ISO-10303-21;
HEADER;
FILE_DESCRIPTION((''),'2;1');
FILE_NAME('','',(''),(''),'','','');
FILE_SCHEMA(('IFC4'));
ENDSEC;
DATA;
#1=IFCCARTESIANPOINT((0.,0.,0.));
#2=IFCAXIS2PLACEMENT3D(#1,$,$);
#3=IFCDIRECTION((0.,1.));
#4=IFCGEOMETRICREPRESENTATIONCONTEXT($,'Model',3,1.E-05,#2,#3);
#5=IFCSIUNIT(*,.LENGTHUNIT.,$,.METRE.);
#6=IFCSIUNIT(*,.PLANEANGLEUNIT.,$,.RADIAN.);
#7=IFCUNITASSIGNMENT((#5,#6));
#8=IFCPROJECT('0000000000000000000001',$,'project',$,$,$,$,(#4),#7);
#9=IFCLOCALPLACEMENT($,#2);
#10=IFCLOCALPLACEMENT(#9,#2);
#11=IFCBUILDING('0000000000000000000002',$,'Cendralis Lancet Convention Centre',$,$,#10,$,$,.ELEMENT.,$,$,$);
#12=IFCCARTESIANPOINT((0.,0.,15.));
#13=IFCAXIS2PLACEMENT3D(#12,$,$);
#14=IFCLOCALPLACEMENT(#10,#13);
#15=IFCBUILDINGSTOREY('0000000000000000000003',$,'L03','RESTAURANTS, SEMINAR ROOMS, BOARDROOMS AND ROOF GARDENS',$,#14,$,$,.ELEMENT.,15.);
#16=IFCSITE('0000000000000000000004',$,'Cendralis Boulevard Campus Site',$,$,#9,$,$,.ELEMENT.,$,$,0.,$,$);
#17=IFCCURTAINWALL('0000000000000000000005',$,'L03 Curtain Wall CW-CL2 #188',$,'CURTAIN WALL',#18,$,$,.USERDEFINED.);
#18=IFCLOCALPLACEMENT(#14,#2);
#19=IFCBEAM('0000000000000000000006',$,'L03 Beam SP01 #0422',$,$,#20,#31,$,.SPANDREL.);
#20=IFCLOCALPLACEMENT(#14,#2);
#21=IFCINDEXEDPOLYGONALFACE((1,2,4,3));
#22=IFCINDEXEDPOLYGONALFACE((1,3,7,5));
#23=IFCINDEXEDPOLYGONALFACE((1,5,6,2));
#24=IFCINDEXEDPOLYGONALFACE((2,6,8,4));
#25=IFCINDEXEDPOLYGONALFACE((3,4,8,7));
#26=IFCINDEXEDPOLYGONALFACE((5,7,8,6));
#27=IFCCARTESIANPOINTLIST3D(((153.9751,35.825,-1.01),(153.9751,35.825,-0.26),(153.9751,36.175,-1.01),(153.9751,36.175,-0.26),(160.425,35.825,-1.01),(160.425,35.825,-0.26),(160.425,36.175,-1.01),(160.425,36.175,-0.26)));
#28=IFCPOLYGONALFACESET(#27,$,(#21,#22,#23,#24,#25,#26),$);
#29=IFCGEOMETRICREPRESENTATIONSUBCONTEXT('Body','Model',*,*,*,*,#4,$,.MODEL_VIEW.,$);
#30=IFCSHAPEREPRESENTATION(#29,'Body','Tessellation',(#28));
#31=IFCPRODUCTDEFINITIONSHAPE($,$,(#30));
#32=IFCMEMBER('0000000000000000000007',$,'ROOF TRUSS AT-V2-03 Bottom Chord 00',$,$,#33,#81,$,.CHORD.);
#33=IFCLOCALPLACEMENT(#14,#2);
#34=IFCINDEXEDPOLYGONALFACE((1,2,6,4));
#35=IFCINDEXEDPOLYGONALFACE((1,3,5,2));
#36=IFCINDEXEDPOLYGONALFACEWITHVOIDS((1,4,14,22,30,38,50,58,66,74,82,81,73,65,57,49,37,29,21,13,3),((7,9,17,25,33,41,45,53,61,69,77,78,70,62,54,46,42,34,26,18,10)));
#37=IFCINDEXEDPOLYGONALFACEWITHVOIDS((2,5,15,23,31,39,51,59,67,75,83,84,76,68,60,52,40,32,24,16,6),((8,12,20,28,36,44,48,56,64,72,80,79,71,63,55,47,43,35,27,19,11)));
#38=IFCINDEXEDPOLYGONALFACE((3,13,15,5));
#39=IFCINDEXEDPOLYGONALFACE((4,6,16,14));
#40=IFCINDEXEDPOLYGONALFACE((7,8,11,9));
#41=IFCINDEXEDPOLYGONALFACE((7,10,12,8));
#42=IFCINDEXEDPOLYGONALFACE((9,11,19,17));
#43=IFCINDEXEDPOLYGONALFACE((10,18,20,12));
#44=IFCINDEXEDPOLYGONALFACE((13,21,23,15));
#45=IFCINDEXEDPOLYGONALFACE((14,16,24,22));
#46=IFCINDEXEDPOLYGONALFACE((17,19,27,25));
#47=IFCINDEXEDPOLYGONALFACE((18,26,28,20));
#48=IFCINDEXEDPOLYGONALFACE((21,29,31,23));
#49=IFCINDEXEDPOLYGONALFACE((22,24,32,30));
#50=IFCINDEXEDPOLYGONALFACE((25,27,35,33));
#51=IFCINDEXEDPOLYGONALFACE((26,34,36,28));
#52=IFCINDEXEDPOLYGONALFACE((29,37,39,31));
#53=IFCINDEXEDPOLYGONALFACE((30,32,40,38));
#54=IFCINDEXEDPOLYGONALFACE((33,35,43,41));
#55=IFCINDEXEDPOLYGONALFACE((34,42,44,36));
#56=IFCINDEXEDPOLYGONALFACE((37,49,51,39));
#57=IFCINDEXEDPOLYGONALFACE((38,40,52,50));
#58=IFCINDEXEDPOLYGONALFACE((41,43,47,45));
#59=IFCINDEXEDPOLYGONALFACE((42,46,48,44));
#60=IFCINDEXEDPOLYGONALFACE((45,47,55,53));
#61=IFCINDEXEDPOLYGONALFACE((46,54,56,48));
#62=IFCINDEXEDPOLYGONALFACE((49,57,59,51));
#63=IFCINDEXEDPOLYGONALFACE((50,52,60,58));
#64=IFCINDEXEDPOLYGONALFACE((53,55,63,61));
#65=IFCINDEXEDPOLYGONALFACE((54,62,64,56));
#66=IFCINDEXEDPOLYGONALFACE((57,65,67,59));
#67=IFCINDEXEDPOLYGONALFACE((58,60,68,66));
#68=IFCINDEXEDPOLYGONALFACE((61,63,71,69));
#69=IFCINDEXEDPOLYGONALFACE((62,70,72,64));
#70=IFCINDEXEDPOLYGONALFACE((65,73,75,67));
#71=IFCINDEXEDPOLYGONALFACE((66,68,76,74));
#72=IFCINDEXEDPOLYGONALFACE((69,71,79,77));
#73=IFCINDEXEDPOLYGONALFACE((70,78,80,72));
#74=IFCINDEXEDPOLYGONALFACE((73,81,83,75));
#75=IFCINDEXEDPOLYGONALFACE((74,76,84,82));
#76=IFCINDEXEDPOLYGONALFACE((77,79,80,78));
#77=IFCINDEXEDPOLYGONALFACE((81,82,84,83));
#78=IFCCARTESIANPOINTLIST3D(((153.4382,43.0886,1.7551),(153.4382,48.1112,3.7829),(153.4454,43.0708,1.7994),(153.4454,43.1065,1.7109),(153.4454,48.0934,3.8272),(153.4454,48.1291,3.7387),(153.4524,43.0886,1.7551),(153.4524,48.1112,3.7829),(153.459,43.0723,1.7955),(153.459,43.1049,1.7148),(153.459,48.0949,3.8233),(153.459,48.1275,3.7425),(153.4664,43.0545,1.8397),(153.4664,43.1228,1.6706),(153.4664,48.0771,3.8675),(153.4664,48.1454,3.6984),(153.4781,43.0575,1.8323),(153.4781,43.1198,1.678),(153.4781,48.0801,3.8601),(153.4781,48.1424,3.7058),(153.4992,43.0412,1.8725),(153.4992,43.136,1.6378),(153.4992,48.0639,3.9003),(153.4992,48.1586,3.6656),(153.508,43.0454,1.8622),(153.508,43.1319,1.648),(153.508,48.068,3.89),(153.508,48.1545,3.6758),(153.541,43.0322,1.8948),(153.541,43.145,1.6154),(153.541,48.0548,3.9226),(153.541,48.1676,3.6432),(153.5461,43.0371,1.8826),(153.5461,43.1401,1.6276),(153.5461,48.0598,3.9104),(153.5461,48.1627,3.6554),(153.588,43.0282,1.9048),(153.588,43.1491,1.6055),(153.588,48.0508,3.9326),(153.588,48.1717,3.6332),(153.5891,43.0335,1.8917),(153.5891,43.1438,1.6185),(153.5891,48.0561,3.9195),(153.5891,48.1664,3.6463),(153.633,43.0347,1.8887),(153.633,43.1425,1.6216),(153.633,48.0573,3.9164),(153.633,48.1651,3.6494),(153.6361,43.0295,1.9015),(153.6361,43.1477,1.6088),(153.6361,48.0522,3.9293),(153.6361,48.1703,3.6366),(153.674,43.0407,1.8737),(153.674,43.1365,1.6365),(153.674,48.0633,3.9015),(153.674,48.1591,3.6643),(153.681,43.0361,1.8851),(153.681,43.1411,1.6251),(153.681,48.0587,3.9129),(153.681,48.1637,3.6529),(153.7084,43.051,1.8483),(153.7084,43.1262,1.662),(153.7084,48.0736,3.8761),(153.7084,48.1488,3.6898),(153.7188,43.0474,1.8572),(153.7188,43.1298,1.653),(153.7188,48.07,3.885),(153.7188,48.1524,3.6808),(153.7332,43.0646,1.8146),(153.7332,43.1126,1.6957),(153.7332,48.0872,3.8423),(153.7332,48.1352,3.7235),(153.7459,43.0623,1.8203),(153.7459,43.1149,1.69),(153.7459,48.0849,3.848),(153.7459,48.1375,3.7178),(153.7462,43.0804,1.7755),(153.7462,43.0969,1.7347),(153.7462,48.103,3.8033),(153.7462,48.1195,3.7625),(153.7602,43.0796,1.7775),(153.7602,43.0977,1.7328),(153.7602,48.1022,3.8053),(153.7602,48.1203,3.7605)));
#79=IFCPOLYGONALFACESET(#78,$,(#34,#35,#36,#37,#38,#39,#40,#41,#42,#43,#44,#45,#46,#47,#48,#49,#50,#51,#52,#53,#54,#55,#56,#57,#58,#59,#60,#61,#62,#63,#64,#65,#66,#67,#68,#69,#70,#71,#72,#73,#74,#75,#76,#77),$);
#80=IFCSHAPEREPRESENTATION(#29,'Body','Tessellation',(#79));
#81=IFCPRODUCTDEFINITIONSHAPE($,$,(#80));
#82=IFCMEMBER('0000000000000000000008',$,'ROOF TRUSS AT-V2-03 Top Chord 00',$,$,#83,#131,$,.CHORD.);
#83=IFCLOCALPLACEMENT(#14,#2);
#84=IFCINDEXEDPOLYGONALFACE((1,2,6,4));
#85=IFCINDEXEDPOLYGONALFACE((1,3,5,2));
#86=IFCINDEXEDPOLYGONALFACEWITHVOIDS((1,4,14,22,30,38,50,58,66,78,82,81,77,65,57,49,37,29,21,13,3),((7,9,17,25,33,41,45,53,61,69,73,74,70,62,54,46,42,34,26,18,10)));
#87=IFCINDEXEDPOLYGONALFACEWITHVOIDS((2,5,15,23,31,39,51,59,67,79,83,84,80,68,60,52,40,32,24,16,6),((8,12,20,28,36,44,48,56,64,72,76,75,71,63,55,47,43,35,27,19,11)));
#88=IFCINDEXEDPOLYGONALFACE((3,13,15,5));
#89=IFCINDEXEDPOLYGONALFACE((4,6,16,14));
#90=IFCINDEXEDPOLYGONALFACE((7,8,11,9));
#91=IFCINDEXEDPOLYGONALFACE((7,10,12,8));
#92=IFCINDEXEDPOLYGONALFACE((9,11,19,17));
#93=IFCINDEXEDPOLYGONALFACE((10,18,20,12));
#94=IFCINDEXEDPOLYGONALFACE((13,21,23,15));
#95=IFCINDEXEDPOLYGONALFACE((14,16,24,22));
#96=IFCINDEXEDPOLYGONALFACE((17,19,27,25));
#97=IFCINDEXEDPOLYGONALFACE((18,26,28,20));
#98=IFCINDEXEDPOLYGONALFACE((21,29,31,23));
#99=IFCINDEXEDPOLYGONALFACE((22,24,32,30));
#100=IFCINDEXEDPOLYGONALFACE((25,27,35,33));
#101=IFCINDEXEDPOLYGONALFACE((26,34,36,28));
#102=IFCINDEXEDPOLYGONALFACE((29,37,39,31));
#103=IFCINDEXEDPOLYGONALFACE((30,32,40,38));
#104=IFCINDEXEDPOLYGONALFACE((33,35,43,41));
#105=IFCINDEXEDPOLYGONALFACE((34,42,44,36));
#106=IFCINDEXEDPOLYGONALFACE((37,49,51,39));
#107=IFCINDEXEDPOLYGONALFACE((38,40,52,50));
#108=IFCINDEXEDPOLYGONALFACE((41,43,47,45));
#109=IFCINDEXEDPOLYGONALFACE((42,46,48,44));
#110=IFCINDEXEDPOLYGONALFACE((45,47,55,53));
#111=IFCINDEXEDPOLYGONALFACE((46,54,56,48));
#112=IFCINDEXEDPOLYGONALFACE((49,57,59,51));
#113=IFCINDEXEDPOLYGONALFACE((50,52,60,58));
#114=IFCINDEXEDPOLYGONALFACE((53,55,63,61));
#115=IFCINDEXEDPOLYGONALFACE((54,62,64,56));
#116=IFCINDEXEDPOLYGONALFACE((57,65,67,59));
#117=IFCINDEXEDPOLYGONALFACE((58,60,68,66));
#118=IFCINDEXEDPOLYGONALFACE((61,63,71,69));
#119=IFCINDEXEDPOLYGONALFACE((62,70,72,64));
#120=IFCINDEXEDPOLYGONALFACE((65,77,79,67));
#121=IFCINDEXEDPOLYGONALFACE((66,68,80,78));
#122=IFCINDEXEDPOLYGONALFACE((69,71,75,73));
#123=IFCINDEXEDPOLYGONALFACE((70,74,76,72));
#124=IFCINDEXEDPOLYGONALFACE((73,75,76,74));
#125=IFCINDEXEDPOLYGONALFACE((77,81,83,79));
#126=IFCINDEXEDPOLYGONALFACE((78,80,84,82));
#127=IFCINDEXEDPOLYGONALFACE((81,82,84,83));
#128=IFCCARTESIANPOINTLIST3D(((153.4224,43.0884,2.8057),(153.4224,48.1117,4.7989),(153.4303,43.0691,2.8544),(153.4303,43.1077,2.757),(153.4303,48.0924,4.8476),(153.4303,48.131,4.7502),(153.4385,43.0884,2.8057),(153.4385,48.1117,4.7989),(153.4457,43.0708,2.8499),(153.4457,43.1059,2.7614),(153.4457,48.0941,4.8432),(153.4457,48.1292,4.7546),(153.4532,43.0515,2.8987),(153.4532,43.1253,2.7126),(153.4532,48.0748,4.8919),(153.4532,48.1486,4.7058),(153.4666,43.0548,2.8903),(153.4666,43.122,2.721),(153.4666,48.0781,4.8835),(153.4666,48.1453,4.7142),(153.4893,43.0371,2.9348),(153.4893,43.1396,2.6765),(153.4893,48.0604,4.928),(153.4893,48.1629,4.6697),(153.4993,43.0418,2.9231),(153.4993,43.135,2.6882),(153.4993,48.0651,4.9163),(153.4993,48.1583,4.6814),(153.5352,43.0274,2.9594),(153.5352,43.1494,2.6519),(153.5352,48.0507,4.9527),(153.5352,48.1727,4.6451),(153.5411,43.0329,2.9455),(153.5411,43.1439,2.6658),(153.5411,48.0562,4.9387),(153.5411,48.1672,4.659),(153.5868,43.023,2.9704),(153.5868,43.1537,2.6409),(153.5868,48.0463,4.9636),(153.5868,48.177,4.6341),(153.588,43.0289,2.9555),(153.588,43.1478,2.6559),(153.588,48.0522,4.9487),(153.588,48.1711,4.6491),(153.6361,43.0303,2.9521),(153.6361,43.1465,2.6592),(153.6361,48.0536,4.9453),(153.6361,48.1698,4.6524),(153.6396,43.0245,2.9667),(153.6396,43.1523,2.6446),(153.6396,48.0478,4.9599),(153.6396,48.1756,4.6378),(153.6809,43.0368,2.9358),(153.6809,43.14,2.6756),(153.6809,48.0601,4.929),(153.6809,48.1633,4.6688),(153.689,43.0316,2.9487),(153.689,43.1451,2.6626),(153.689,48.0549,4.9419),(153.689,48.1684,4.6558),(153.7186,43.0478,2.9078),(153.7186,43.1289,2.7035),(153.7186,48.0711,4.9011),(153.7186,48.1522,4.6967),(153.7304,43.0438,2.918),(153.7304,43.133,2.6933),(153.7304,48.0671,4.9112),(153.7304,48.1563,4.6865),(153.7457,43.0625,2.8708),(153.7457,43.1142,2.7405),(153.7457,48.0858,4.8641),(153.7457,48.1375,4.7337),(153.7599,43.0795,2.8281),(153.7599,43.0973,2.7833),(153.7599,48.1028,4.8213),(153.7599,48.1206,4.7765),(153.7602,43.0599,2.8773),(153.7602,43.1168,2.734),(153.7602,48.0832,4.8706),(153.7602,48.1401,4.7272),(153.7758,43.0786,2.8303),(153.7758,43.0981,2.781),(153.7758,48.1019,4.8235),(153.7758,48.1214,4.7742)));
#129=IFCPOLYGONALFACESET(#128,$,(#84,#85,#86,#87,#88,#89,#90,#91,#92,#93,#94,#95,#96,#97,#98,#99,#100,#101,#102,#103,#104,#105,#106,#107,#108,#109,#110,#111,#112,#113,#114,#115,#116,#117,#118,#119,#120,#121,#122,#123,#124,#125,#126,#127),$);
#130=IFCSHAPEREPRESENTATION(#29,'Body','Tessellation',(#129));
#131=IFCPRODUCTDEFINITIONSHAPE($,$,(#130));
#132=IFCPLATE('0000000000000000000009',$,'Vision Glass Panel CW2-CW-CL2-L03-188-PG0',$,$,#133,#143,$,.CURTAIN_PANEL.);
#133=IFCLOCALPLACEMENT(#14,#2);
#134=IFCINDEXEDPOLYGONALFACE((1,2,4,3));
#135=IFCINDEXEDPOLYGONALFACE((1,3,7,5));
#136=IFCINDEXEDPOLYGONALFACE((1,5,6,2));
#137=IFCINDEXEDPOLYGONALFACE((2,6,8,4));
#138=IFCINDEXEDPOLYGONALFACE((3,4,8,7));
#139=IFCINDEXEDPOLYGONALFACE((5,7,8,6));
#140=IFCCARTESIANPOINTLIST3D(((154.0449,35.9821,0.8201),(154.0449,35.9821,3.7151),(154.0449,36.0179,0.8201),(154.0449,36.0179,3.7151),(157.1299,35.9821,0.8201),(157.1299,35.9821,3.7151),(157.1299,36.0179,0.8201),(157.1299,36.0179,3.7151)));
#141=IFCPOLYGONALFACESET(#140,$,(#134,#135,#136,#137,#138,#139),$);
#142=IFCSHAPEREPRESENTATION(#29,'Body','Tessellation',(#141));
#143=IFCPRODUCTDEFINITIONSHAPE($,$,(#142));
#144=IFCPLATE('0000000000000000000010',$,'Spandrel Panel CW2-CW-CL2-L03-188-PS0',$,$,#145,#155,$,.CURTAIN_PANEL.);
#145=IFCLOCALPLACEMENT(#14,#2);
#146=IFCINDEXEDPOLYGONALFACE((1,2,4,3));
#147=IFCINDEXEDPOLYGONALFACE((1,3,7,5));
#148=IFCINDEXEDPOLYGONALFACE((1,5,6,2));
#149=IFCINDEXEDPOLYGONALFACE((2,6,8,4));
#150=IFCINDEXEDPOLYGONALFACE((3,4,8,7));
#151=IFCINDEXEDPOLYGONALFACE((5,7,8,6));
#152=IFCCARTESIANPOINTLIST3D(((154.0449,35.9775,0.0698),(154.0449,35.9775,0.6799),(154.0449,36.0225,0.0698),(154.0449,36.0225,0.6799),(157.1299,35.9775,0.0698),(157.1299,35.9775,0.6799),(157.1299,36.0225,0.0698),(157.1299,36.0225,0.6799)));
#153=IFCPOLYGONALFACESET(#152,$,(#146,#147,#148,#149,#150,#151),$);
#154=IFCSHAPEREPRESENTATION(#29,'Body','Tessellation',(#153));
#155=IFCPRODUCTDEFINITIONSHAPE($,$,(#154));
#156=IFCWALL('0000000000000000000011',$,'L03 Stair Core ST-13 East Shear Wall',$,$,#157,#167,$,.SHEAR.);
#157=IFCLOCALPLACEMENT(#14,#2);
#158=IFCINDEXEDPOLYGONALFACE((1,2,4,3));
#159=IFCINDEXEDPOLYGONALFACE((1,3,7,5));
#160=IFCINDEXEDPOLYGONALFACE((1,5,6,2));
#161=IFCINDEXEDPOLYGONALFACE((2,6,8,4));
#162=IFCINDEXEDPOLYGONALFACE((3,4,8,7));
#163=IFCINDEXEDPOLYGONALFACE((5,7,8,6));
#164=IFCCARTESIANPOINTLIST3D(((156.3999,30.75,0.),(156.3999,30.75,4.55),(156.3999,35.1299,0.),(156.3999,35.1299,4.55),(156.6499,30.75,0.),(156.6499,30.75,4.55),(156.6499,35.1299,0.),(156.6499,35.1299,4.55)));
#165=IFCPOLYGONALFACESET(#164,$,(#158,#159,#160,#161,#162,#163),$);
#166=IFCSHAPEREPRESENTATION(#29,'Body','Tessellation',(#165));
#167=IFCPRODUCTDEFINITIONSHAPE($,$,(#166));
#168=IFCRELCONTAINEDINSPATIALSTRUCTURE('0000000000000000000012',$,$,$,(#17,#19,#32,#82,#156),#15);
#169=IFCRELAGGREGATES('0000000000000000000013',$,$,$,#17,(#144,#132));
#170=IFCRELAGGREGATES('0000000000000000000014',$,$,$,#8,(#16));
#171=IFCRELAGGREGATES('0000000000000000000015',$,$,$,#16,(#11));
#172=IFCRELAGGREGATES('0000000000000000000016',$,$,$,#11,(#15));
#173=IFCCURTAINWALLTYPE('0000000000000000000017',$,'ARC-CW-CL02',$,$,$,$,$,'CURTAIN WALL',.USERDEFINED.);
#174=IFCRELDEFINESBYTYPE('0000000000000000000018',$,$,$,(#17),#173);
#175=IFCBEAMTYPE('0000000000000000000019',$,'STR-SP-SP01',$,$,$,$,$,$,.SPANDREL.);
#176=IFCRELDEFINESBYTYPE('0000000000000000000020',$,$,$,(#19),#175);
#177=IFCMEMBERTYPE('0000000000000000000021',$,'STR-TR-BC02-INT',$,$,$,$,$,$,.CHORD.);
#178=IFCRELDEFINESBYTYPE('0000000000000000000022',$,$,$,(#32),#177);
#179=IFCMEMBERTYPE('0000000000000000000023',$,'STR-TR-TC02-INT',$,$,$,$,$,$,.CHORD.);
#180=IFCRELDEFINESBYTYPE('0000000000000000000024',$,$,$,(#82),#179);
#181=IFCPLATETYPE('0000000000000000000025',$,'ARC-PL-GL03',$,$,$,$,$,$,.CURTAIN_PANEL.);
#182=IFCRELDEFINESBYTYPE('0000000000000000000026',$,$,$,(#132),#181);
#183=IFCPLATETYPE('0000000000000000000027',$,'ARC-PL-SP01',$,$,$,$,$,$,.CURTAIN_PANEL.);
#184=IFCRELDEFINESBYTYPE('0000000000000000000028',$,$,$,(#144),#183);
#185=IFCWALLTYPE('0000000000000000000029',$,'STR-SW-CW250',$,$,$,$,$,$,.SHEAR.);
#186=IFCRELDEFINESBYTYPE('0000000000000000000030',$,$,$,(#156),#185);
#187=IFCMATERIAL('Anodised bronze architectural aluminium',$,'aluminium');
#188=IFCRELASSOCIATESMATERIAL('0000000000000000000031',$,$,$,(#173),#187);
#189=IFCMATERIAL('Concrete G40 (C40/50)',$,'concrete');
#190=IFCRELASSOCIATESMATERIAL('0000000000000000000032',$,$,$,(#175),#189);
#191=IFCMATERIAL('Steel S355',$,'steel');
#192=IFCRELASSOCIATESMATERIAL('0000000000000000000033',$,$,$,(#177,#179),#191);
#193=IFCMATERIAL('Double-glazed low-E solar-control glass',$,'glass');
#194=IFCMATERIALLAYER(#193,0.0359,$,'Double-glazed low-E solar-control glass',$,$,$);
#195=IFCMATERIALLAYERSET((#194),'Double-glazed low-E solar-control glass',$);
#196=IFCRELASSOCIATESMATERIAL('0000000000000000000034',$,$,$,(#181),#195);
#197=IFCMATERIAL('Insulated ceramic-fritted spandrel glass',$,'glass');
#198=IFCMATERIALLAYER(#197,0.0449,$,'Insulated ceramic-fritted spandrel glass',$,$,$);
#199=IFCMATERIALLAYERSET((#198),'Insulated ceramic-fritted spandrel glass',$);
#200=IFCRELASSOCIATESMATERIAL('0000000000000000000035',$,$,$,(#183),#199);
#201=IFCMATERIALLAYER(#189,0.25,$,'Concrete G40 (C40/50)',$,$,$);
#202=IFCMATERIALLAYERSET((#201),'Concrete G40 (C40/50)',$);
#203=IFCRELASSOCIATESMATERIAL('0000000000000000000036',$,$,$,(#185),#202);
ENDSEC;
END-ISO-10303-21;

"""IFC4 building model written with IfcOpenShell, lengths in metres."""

from ifc_helpers import new_model, si_unit, direction, frame, frame_2d, origin, origin_2d, place, context, subcontext, project, spatial, rectangle, hollow_circle, extrude, material, layer, layer_set, material_profile, profile_set, type_object, element, aggregate, save


model = new_model("IFC4")

# Units and contexts
model_context = context("Model", 3, precision=1e-05, world=origin(), true_north=direction((0.0, 1.0)))
body_context = subcontext(model_context, "Body", "Model", "MODEL_VIEW")
ifc_project = project(units=[si_unit("LENGTHUNIT", "METRE"), si_unit("PLANEANGLEUNIT", "RADIAN")], contexts=[model_context])

# Site, building, storey
site_placement = place(None, origin())
site = spatial("IfcSite", under=ifc_project, at=site_placement, Name="Cendralis Boulevard Campus Site", CompositionType="ELEMENT", RefElevation=0.0)
building_placement = place(site_placement, origin())
building = spatial("IfcBuilding", under=site, at=building_placement, Name="Cendralis Lancet Convention Centre", CompositionType="ELEMENT")
storey_placement = place(building_placement, frame((0.0, 0.0, 15.0)))
storey = spatial("IfcBuildingStorey", under=building, at=storey_placement, Name="L03", Description="RESTAURANTS, SEMINAR ROOMS, BOARDROOMS AND ROOF GARDENS", CompositionType="ELEMENT", Elevation=15.0)

# Curtain wall
ifc_material_1 = material(Name="Anodised bronze architectural aluminium", Category="aluminium")
curtain_wall_type = type_object("IfcCurtainWallType", Name="ARC-CW-CL02", ElementType="CURTAIN WALL", PredefinedType="USERDEFINED", material=ifc_material_1)
curtain_wall_placement = place(storey_placement, origin())
curtain_wall = element("IfcCurtainWall", 1, at=curtain_wall_placement, inside=storey, type_object=curtain_wall_type, Name="L03 Curtain Wall CW-CL2 #188", ObjectType="CURTAIN WALL", PredefinedType="USERDEFINED")

# Beam
ifc_material_2 = material(Name="Steel S355", Category="steel")
ifc_material_3 = material(Name="Concrete G40 (C40/50)", Category="concrete")
ifc_material_profile_1 = material_profile(ifc_material_3, rectangle(XDim=0.3501, YDim=0.75, at=origin_2d()), Name="RCB 350x750")
ifc_profile_set_1 = profile_set([ifc_material_profile_1], Name="Concrete G40 (C40/50)")
beam_type_1 = type_object("IfcBeamType", Name="STR-SP-SP01", PredefinedType="SPANDREL", material=ifc_profile_set_1)
beam_1_placement = place(storey_placement, frame((153.9751, 36.0, -0.635), z_axis=(1.0, 0.0, 0.0), x_axis=(0.0, 1.0, 0.0)))
element("IfcBeam", 2, at=beam_1_placement, inside=storey, type_object=beam_type_1, Name="L03 Beam SP01 #0422", PredefinedType="SPANDREL", context=body_context, shape_type="SweptSolid", body=[
    extrude(rectangle(XDim=0.3501, YDim=0.75, at=origin_2d()), origin(), (0.0, 0.0, 1.0), 6.45),
])

# Members
ifc_material_profile_2 = material_profile(ifc_material_2, hollow_circle(Radius=0.1619, WallThickness=0.0142, at=origin_2d()), Name="CHS 323.9x14.2")
ifc_profile_set_2 = profile_set([ifc_material_profile_2], Name="Steel S355")
member_type_1 = type_object("IfcMemberType", Name="STR-TR-BC02-INT", PredefinedType="CHORD", material=ifc_profile_set_2)
member_1_placement = place(storey_placement, frame((153.6001, 43.0886, 1.7551), z_axis=(0.0, 0.927278, 0.374373), x_axis=(-1.0, 0.0, 0.0)))
element("IfcMember", 3, at=member_1_placement, inside=storey, type_object=member_type_1, Name="ROOF TRUSS AT-V2-03 Bottom Chord 00", PredefinedType="CHORD", context=body_context, shape_type="SweptSolid", body=[
    extrude(hollow_circle(Radius=0.1619, WallThickness=0.0142, at=origin_2d()), origin(), (0.0, 0.0, 1.0), 5.4165),
])
ifc_material_profile_3 = material_profile(ifc_material_2, hollow_circle(Radius=0.1777, WallThickness=0.0161, at=origin_2d()), Name="CHS 355.6x16.0")
ifc_profile_set_3 = profile_set([ifc_material_profile_3], Name="Steel S355")
member_type_2 = type_object("IfcMemberType", Name="STR-TR-TC02-INT", PredefinedType="CHORD", material=ifc_profile_set_3)
member_2_placement = place(storey_placement, frame((153.6001, 43.0884, 2.8057), z_axis=(0.0, 0.929501, 0.368819), x_axis=(-1.0, 0.0, 0.0)))
element("IfcMember", 4, at=member_2_placement, inside=storey, type_object=member_type_2, Name="ROOF TRUSS AT-V2-03 Top Chord 00", PredefinedType="CHORD", context=body_context, shape_type="SweptSolid", body=[
    extrude(hollow_circle(Radius=0.1777, WallThickness=0.0161, at=origin_2d()), origin(), (0.0, 0.0, 1.0), 5.4043),
])

# Plates
ifc_material_4 = material(Name="Double-glazed low-E solar-control glass", Category="glass")
ifc_layer_1 = layer(ifc_material_4, 0.0359, Name="Double-glazed low-E solar-control glass")
ifc_layer_set_1 = layer_set([ifc_layer_1], Name="Double-glazed low-E solar-control glass")
plate_type_1 = type_object("IfcPlateType", Name="ARC-PL-GL03", PredefinedType="CURTAIN_PANEL", material=ifc_layer_set_1)
plate_1_placement = place(storey_placement, frame((155.5874, 36.0, 0.8201), z_axis=(0.0, 0.0, 1.0), x_axis=(1.0, 0.0, 0.0)))
plate_1 = element("IfcPlate", 5, at=plate_1_placement, type_object=plate_type_1, Name="Vision Glass Panel CW2-CW-CL2-L03-188-PG0", PredefinedType="CURTAIN_PANEL", context=body_context, shape_type="SweptSolid", body=[
    extrude(rectangle(XDim=3.085, YDim=0.0359, at=origin_2d()), origin(), (0.0, 0.0, 1.0), 2.895),
])
ifc_material_5 = material(Name="Insulated ceramic-fritted spandrel glass", Category="glass")
ifc_layer_2 = layer(ifc_material_5, 0.0449, Name="Insulated ceramic-fritted spandrel glass")
ifc_layer_set_2 = layer_set([ifc_layer_2], Name="Insulated ceramic-fritted spandrel glass")
plate_type_2 = type_object("IfcPlateType", Name="ARC-PL-SP01", PredefinedType="CURTAIN_PANEL", material=ifc_layer_set_2)
plate_2_placement = place(storey_placement, frame((155.5874, 36.0, 0.0698), z_axis=(0.0, 0.0, 1.0), x_axis=(1.0, 0.0, 0.0)))
plate_2 = element("IfcPlate", 6, at=plate_2_placement, type_object=plate_type_2, Name="Spandrel Panel CW2-CW-CL2-L03-188-PS0", PredefinedType="CURTAIN_PANEL", context=body_context, shape_type="SweptSolid", body=[
    extrude(rectangle(XDim=3.085, YDim=0.0449, at=origin_2d()), origin(), (0.0, 0.0, 1.0), 0.6101),
])
aggregate(curtain_wall, [plate_2, plate_1])

# Wall
ifc_layer_3 = layer(ifc_material_3, 0.25, Name="Concrete G40 (C40/50)")
ifc_layer_set_3 = layer_set([ifc_layer_3], Name="Concrete G40 (C40/50)")
wall_type = type_object("IfcWallType", Name="STR-SW-CW250", PredefinedType="SHEAR", material=ifc_layer_set_3)
wall_placement = place(storey_placement, frame((156.5249, 30.75, 0.0), z_axis=(0.0, 0.0, 1.0), x_axis=(0.0, 1.0, 0.0)))
element("IfcWall", 7, at=wall_placement, inside=storey, type_object=wall_type, Name="L03 Stair Core ST-13 East Shear Wall", PredefinedType="SHEAR", context=body_context, shape_type="SweptSolid", body=[
    extrude(rectangle(XDim=4.3799, YDim=0.25, at=frame_2d((2.1899, 0.0))), origin(), (0.0, 0.0, 1.0), 4.55),
])

save(model, "model.ifc")
